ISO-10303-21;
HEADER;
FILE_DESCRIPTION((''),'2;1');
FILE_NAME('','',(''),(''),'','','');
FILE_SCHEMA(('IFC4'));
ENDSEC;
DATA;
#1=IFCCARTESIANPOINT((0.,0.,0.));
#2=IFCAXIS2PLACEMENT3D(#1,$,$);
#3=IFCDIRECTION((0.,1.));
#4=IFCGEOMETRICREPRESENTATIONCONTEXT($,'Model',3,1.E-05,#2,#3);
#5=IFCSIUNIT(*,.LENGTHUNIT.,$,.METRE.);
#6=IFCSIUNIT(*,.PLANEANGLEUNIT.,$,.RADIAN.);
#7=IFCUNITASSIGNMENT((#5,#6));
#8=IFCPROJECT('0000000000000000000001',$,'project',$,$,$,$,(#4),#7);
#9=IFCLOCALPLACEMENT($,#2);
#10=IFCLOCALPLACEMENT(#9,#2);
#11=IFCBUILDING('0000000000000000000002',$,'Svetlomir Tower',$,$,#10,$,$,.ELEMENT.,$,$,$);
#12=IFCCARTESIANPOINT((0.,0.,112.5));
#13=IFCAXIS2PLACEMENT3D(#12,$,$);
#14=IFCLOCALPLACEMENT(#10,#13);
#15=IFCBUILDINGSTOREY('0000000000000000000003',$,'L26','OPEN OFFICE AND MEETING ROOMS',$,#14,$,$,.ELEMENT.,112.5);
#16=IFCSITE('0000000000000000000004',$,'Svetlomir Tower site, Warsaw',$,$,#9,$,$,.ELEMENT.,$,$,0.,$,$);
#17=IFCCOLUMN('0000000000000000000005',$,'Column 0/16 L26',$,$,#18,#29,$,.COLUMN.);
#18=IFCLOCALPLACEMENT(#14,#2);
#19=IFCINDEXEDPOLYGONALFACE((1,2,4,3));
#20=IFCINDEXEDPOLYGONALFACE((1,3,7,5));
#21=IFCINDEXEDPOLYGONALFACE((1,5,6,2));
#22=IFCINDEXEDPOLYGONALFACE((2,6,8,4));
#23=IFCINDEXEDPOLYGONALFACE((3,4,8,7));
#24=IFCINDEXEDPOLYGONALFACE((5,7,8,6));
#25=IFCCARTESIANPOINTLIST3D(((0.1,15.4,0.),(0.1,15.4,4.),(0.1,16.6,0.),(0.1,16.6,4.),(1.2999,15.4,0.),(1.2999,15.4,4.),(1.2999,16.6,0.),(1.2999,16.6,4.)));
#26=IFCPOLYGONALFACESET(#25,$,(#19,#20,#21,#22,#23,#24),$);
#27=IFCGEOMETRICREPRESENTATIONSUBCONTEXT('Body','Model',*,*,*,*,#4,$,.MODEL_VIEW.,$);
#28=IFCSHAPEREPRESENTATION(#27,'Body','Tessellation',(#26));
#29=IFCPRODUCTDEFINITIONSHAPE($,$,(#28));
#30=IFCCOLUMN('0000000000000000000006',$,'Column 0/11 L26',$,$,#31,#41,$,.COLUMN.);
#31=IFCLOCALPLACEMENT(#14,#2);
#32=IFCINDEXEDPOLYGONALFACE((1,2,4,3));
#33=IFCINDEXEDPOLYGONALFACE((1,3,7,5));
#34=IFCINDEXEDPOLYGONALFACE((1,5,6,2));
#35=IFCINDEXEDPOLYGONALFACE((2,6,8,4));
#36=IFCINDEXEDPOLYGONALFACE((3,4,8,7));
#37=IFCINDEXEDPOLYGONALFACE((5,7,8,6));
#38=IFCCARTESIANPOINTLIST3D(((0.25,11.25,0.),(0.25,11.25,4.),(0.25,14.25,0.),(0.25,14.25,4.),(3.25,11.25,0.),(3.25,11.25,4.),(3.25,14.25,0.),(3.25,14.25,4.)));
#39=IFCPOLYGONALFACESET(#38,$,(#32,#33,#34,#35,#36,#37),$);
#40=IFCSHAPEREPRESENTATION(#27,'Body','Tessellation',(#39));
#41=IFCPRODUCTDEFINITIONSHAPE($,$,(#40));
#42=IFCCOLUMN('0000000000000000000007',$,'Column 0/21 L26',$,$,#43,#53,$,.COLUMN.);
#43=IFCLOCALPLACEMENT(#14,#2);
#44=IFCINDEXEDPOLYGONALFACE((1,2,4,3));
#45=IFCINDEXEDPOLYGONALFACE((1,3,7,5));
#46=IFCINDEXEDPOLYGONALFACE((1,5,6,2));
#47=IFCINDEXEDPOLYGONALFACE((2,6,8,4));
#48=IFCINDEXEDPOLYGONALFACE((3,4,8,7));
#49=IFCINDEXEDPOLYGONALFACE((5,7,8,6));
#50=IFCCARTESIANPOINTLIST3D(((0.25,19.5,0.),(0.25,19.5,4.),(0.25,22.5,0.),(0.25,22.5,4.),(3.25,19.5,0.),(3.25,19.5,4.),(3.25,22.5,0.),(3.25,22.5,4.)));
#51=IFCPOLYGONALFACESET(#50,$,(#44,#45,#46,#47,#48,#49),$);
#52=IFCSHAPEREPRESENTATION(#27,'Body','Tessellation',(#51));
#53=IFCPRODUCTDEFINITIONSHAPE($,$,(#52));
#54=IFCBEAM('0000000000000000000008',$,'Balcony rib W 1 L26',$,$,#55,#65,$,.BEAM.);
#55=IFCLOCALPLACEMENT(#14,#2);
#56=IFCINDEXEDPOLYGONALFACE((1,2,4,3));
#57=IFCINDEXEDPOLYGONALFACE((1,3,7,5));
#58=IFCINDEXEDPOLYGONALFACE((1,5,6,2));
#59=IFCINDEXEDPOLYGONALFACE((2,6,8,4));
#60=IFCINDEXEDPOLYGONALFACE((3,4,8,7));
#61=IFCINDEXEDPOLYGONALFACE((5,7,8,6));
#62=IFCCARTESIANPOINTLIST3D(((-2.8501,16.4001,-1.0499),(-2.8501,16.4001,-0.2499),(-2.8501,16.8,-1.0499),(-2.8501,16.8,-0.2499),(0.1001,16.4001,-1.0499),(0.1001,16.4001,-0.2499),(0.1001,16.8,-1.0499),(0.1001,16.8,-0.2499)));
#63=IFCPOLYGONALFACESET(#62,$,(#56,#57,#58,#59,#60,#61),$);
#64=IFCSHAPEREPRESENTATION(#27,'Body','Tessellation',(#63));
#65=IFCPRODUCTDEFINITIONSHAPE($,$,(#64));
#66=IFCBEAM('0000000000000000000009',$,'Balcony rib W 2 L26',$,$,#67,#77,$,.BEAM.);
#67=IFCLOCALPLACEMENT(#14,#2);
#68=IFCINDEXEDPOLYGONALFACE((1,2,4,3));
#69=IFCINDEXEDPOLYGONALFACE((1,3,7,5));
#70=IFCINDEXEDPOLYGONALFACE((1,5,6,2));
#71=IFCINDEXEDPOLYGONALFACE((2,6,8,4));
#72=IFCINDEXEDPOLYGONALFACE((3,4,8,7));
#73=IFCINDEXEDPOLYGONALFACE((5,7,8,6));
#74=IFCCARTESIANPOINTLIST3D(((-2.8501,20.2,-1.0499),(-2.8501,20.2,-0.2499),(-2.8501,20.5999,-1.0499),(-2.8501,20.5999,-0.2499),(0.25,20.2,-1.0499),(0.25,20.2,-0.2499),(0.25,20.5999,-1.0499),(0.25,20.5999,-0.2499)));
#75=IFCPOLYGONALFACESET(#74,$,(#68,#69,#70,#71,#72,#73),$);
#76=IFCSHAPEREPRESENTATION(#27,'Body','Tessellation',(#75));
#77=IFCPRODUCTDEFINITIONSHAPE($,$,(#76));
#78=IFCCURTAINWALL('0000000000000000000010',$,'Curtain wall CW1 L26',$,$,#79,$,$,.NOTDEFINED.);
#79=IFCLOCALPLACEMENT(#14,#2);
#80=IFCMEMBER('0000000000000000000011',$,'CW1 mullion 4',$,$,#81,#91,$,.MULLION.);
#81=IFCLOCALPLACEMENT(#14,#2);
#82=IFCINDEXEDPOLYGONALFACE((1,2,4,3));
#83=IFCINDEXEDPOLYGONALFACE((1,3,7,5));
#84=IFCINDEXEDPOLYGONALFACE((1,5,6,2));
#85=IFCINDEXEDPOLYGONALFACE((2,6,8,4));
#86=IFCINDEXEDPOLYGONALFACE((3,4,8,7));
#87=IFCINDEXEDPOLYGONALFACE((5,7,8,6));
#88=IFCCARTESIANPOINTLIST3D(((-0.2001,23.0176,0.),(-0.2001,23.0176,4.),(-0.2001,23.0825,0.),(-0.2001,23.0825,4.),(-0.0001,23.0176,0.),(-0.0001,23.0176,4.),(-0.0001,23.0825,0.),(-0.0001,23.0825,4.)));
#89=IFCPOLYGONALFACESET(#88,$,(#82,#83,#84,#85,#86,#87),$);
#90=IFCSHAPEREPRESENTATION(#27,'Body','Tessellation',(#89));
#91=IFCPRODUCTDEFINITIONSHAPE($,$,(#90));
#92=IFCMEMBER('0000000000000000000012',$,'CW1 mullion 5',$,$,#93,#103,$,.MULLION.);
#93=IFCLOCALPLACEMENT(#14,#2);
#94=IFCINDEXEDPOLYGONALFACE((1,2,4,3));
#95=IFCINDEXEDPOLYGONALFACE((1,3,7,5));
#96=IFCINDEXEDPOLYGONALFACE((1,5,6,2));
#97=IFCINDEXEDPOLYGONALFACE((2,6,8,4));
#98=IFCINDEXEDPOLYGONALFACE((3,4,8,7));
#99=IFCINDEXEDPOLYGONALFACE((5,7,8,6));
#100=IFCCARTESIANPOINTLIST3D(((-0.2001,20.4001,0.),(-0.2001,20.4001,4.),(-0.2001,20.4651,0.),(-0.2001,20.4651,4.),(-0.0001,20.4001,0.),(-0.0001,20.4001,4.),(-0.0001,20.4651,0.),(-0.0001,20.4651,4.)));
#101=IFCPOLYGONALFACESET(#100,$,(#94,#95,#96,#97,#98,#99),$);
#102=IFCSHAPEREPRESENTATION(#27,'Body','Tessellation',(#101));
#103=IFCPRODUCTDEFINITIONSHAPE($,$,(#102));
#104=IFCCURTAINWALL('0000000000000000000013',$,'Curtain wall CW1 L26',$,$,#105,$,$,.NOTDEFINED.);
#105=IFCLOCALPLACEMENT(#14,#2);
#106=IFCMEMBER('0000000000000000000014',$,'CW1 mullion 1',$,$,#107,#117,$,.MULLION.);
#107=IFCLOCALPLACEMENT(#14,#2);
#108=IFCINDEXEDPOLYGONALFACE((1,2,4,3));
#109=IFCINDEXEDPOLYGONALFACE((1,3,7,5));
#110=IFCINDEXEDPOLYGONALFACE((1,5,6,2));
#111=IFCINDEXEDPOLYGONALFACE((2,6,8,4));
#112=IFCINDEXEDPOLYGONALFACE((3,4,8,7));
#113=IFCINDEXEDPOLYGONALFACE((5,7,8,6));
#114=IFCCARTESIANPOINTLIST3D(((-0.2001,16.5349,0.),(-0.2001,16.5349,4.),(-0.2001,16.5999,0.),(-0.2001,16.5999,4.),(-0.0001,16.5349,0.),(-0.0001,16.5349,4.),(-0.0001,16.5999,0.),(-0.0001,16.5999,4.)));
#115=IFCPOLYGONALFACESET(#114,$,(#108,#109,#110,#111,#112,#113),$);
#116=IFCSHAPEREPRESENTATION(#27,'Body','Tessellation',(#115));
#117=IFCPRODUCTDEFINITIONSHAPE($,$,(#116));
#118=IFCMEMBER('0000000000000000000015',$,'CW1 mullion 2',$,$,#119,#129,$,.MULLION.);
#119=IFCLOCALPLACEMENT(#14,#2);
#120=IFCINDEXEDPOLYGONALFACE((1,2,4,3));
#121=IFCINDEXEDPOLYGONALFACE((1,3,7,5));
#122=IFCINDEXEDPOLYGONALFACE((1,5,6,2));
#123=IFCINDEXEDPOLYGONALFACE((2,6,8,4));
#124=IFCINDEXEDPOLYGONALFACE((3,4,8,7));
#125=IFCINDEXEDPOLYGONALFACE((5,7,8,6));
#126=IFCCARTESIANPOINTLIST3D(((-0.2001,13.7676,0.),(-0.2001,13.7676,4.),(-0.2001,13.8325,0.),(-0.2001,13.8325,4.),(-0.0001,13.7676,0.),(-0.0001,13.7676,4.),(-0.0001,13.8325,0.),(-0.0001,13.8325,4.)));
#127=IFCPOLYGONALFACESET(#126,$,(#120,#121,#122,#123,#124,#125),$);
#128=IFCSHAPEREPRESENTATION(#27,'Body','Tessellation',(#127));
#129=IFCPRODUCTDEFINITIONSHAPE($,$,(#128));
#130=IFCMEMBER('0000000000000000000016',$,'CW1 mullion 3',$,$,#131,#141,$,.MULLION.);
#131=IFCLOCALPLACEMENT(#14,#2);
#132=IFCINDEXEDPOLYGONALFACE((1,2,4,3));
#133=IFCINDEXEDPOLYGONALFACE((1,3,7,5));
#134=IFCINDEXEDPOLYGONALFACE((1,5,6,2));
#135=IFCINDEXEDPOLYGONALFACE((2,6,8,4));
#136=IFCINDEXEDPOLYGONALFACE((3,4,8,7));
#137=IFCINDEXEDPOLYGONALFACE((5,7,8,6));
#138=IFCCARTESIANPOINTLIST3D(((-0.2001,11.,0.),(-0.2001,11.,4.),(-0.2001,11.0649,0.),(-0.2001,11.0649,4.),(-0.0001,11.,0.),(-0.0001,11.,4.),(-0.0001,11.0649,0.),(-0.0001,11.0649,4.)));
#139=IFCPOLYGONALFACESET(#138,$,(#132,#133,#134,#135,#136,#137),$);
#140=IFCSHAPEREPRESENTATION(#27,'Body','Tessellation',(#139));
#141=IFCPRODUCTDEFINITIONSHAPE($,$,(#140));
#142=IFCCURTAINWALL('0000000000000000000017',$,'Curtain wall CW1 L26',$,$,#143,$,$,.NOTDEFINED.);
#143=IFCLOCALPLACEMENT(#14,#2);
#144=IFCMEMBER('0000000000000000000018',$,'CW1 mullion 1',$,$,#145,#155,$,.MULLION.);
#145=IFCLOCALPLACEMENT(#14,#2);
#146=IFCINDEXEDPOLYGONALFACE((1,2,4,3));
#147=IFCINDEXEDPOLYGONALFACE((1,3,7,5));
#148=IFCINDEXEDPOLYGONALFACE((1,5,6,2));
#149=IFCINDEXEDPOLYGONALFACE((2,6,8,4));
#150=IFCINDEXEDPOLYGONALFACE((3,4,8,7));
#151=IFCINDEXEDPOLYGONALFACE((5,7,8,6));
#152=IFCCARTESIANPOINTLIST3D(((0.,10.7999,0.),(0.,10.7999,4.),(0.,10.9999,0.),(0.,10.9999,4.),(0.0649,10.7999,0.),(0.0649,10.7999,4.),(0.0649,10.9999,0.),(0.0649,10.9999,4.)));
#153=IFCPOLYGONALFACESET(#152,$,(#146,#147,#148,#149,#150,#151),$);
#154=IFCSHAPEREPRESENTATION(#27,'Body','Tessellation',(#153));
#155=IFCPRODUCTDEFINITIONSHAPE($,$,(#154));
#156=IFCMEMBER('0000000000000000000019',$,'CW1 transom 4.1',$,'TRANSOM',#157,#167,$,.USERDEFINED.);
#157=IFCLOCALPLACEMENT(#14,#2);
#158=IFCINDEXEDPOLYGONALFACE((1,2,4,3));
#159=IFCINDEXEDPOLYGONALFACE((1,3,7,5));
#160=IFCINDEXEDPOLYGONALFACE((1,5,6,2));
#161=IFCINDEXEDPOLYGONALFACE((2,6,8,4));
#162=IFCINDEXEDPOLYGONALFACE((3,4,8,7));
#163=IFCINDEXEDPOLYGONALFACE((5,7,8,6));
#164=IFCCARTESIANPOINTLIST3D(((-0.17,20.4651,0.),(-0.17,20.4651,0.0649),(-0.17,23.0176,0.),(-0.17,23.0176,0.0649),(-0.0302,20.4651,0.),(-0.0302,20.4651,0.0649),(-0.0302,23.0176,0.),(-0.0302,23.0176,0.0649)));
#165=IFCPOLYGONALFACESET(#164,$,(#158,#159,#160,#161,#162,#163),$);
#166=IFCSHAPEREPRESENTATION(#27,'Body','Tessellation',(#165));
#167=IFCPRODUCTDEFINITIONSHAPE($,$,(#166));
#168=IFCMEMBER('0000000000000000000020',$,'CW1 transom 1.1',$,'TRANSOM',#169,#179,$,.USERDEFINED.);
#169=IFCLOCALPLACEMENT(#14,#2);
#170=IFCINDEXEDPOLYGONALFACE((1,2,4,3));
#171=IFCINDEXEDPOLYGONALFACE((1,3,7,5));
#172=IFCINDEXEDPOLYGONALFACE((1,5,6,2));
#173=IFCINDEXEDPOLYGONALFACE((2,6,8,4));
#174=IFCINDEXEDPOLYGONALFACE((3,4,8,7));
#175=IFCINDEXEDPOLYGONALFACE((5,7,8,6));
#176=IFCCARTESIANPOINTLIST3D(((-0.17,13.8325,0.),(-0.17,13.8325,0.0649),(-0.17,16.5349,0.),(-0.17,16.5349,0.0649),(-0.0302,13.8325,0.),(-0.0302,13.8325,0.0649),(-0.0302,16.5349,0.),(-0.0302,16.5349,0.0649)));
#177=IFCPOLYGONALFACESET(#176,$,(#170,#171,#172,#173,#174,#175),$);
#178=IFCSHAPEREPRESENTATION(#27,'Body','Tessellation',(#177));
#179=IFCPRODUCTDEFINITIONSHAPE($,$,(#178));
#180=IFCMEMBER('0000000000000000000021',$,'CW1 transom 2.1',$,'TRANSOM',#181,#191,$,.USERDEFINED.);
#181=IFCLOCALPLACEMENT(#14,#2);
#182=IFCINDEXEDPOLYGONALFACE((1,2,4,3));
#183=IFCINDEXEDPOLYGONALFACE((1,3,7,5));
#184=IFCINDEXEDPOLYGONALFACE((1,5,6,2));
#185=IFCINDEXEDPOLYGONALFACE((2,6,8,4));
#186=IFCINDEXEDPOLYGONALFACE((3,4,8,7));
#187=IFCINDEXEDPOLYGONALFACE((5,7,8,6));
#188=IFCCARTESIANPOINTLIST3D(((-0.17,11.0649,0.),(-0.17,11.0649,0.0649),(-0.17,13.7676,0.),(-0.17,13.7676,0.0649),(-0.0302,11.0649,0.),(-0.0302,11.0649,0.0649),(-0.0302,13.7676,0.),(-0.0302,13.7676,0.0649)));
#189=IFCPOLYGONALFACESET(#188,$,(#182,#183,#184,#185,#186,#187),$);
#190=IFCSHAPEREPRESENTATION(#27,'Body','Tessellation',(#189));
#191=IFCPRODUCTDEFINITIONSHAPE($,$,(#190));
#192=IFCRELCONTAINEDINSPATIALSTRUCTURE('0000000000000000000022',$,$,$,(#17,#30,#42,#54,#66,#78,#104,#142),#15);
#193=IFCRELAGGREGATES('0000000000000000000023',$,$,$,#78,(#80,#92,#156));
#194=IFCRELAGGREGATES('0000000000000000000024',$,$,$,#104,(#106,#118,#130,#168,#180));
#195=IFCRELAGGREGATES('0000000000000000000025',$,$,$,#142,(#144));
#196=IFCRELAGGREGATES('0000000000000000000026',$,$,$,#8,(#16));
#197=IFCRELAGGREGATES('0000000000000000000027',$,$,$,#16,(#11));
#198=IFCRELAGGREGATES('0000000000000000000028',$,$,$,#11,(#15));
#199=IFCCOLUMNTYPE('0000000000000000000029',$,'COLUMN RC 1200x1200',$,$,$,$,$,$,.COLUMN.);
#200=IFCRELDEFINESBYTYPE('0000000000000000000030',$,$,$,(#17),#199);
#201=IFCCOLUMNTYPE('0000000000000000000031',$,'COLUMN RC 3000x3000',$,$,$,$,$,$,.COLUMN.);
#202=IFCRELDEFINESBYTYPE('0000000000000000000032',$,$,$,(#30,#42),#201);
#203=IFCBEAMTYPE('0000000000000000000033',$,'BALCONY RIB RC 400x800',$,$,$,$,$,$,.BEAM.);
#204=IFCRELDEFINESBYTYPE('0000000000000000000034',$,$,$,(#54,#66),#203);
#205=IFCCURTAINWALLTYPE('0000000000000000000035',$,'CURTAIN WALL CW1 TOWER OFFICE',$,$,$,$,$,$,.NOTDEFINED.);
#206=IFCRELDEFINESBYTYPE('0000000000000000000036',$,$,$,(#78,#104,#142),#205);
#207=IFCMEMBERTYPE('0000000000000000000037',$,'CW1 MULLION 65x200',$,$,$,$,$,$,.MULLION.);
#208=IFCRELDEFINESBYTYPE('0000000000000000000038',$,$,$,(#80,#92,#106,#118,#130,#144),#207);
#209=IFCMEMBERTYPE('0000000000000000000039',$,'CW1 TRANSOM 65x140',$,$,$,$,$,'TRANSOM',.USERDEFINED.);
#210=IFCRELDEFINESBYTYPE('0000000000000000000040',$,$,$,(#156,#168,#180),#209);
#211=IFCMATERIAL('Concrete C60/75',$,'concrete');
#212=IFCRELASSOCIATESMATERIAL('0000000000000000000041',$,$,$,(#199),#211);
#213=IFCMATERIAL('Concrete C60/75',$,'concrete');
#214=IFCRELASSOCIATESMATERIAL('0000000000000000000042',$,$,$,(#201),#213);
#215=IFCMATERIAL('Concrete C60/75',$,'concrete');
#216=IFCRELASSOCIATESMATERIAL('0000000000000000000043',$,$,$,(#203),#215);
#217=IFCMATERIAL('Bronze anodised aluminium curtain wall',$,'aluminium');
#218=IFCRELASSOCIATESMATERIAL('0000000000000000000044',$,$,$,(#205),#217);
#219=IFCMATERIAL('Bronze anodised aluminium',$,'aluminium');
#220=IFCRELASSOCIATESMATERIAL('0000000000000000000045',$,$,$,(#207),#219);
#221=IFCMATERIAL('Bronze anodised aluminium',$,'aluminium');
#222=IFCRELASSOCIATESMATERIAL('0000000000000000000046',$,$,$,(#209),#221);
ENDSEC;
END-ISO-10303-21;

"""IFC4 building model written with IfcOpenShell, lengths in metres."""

from ifc_helpers import new_model, si_unit, direction, frame, origin, origin_2d, place, context, subcontext, project, spatial, rectangle, extrude, material, material_profile, profile_set, type_object, element, aggregate, save


model = new_model("IFC4")

# Units and contexts
model_context = context("Model", 3, precision=1e-05, world=origin(), true_north=direction((0.0, 1.0)))
body_context = subcontext(model_context, "Body", "Model", "MODEL_VIEW")
ifc_project = project(units=[si_unit("LENGTHUNIT", "METRE"), si_unit("PLANEANGLEUNIT", "RADIAN")], contexts=[model_context])

# Site, building, storey
site_placement = place(None, origin())
site = spatial("IfcSite", under=ifc_project, at=site_placement, Name="Svetlomir Tower site, Warsaw", CompositionType="ELEMENT", RefElevation=0.0)
building_placement = place(site_placement, origin())
building = spatial("IfcBuilding", under=site, at=building_placement, Name="Svetlomir Tower", CompositionType="ELEMENT")
storey_placement = place(building_placement, frame((0.0, 0.0, 112.5)))
storey = spatial("IfcBuildingStorey", under=building, at=storey_placement, Name="L26", Description="OPEN OFFICE AND MEETING ROOMS", CompositionType="ELEMENT", Elevation=112.5)

# Columns
ifc_material_1 = material(Name="Concrete C60/75", Category="concrete")
ifc_material_profile_1 = material_profile(ifc_material_1, rectangle(XDim=1.2, YDim=1.2, at=origin_2d()), Name="RC 1200x1200")
ifc_profile_set_1 = profile_set([ifc_material_profile_1], Name="Concrete C60/75")
column_type_1 = type_object("IfcColumnType", Name="COLUMN RC 1200x1200", PredefinedType="COLUMN", material=ifc_profile_set_1)
column_placement = place(storey_placement, frame((0.7, 16.0, 0.0), z_axis=(0.0, 0.0, 1.0), x_axis=(1.0, 0.0, 0.0)))
element("IfcColumn", 1, at=column_placement, inside=storey, type_object=column_type_1, Name="Column 0/16 L26", PredefinedType="COLUMN", context=body_context, shape_type="SweptSolid", body=[
    extrude(rectangle(XDim=1.2, YDim=1.2, at=origin_2d()), origin(), (0.0, 0.0, 1.0), 4.0),
])
ifc_material_2 = material(Name="Concrete C60/75", Category="concrete")
ifc_material_profile_2 = material_profile(ifc_material_2, rectangle(XDim=3.0, YDim=3.0, at=origin_2d()), Name="RC 3000x3000")
ifc_profile_set_2 = profile_set([ifc_material_profile_2], Name="Concrete C60/75")
column_type_2 = type_object("IfcColumnType", Name="COLUMN RC 3000x3000", PredefinedType="COLUMN", material=ifc_profile_set_2)
for number, where, z_axis, x_axis, name in (
    (2, (1.75, 12.75, 0.0), (0.0, 0.0, 1.0), (1.0, 0.0, 0.0), "Column 0/11 L26"),
    (3, (1.75, 21.0, 0.0), (0.0, 0.0, 1.0), (1.0, 0.0, 0.0), "Column 0/21 L26"),
):
    element("IfcColumn", number, at=place(storey_placement, frame(where, z_axis=z_axis, x_axis=x_axis)), inside=storey, type_object=column_type_2, Name=name, PredefinedType="COLUMN", context=body_context, shape_type="SweptSolid", body=[
        extrude(rectangle(XDim=3.0, YDim=3.0, at=origin_2d()), origin(), (0.0, 0.0, 1.0), 4.0),
    ])

# Beams
ifc_material_3 = material(Name="Concrete C60/75", Category="concrete")
ifc_material_profile_3 = material_profile(ifc_material_3, rectangle(XDim=0.3999, YDim=0.8, at=origin_2d()), Name="RC 400x800")
ifc_profile_set_3 = profile_set([ifc_material_profile_3], Name="Concrete C60/75")
beam_type_1 = type_object("IfcBeamType", Name="BALCONY RIB RC 400x800", PredefinedType="BEAM", material=ifc_profile_set_3)
beam_1_placement = place(storey_placement, frame((0.1001, 16.6001, -0.6499), z_axis=(-1.0, 0.0, 0.0), x_axis=(0.0, -1.0, 0.0)))
element("IfcBeam", 4, at=beam_1_placement, inside=storey, type_object=beam_type_1, Name="Balcony rib W 1 L26", PredefinedType="BEAM", context=body_context, shape_type="SweptSolid", body=[
    extrude(rectangle(XDim=0.3999, YDim=0.8, at=origin_2d()), origin(), (0.0, 0.0, 1.0), 2.9502),
])
beam_2_placement = place(storey_placement, frame((0.25, 20.3999, -0.6499), z_axis=(-1.0, 0.0, 0.0), x_axis=(0.0, -1.0, 0.0)))
element("IfcBeam", 5, at=beam_2_placement, inside=storey, type_object=beam_type_1, Name="Balcony rib W 2 L26", PredefinedType="BEAM", context=body_context, shape_type="SweptSolid", body=[
    extrude(rectangle(XDim=0.3999, YDim=0.8, at=origin_2d()), origin(), (0.0, 0.0, 1.0), 3.1001),
])

# Curtain walls, members
ifc_material_4 = material(Name="Bronze anodised aluminium curtain wall", Category="aluminium")
curtain_wall_type = type_object("IfcCurtainWallType", Name="CURTAIN WALL CW1 TOWER OFFICE", PredefinedType="NOTDEFINED", material=ifc_material_4)
curtain_wall_1_placement = place(storey_placement, origin())
curtain_wall_1 = element("IfcCurtainWall", 6, at=curtain_wall_1_placement, inside=storey, type_object=curtain_wall_type, Name="Curtain wall CW1 L26", PredefinedType="NOTDEFINED")
ifc_material_5 = material(Name="Bronze anodised aluminium", Category="aluminium")
ifc_material_profile_4 = material_profile(ifc_material_5, rectangle(XDim=0.0649, YDim=0.2, at=origin_2d()), Name="AL 65x200")
ifc_profile_set_4 = profile_set([ifc_material_profile_4], Name="Bronze anodised aluminium 6063-T6")
member_type_1 = type_object("IfcMemberType", Name="CW1 MULLION 65x200", PredefinedType="MULLION", material=ifc_profile_set_4)
member_1_placement = place(storey_placement, frame((-0.1001, 23.05, 0.0), z_axis=(0.0, 0.0, 1.0), x_axis=(0.0, -1.0, 0.0)))
member_1 = element("IfcMember", 7, at=member_1_placement, type_object=member_type_1, Name="CW1 mullion 4", PredefinedType="MULLION", context=body_context, shape_type="SweptSolid", body=[
    extrude(rectangle(XDim=0.0649, YDim=0.2, at=origin_2d()), origin(), (0.0, 0.0, 1.0), 4.0),
])
member_2_placement = place(storey_placement, frame((-0.1001, 20.4326, 0.0), z_axis=(0.0, 0.0, 1.0), x_axis=(0.0, -1.0, 0.0)))
member_2 = element("IfcMember", 8, at=member_2_placement, type_object=member_type_1, Name="CW1 mullion 5", PredefinedType="MULLION", context=body_context, shape_type="SweptSolid", body=[
    extrude(rectangle(XDim=0.0649, YDim=0.2, at=origin_2d()), origin(), (0.0, 0.0, 1.0), 4.0),
])
curtain_wall_2_placement = place(storey_placement, origin())
curtain_wall_2 = element("IfcCurtainWall", 9, at=curtain_wall_2_placement, inside=storey, type_object=curtain_wall_type, Name="Curtain wall CW1 L26", PredefinedType="NOTDEFINED")
member_3_placement = place(storey_placement, frame((-0.1001, 16.5674, 0.0), z_axis=(0.0, 0.0, 1.0), x_axis=(0.0, -1.0, 0.0)))
member_3 = element("IfcMember", 10, at=member_3_placement, type_object=member_type_1, Name="CW1 mullion 1", PredefinedType="MULLION", context=body_context, shape_type="SweptSolid", body=[
    extrude(rectangle(XDim=0.0649, YDim=0.2, at=origin_2d()), origin(), (0.0, 0.0, 1.0), 4.0),
])
member_4_placement = place(storey_placement, frame((-0.1001, 13.8, 0.0), z_axis=(0.0, 0.0, 1.0), x_axis=(0.0, -1.0, 0.0)))
member_4 = element("IfcMember", 11, at=member_4_placement, type_object=member_type_1, Name="CW1 mullion 2", PredefinedType="MULLION", context=body_context, shape_type="SweptSolid", body=[
    extrude(rectangle(XDim=0.0649, YDim=0.2, at=origin_2d()), origin(), (0.0, 0.0, 1.0), 4.0),
])
member_5_placement = place(storey_placement, frame((-0.1001, 11.0325, 0.0), z_axis=(0.0, 0.0, 1.0), x_axis=(0.0, -1.0, 0.0)))
member_5 = element("IfcMember", 12, at=member_5_placement, type_object=member_type_1, Name="CW1 mullion 3", PredefinedType="MULLION", context=body_context, shape_type="SweptSolid", body=[
    extrude(rectangle(XDim=0.0649, YDim=0.2, at=origin_2d()), origin(), (0.0, 0.0, 1.0), 4.0),
])

# Curtain wall, member
curtain_wall_3_placement = place(storey_placement, origin())
curtain_wall_3 = element("IfcCurtainWall", 13, at=curtain_wall_3_placement, inside=storey, type_object=curtain_wall_type, Name="Curtain wall CW1 L26", PredefinedType="NOTDEFINED")
member_6_placement = place(storey_placement, frame((0.0325, 10.8999, 0.0), z_axis=(0.0, 0.0, 1.0), x_axis=(1.0, 0.0, 0.0)))
member_6 = element("IfcMember", 14, at=member_6_placement, type_object=member_type_1, Name="CW1 mullion 1", PredefinedType="MULLION", context=body_context, shape_type="SweptSolid", body=[
    extrude(rectangle(XDim=0.0649, YDim=0.2, at=origin_2d()), origin(), (0.0, 0.0, 1.0), 4.0),
])

# Members
ifc_material_6 = material(Name="Bronze anodised aluminium", Category="aluminium")
ifc_material_profile_5 = material_profile(ifc_material_6, rectangle(XDim=0.1399, YDim=0.0649, at=origin_2d()), Name="AL 140x65")
ifc_profile_set_5 = profile_set([ifc_material_profile_5], Name="Bronze anodised aluminium 6063-T6")
member_type_2 = type_object("IfcMemberType", Name="CW1 TRANSOM 65x140", ElementType="TRANSOM", PredefinedType="USERDEFINED", material=ifc_profile_set_5)
member_7_placement = place(storey_placement, frame((-0.1001, 23.0176, 0.0325), z_axis=(0.0, -1.0, 0.0), x_axis=(1.0, 0.0, 0.0)))
member_7 = element("IfcMember", 15, at=member_7_placement, type_object=member_type_2, Name="CW1 transom 4.1", ObjectType="TRANSOM", PredefinedType="USERDEFINED", context=body_context, shape_type="SweptSolid", body=[
    extrude(rectangle(XDim=0.1399, YDim=0.0649, at=origin_2d()), origin(), (0.0, 0.0, 1.0), 2.5525),
])
member_8_placement = place(storey_placement, frame((-0.1001, 16.5349, 0.0325), z_axis=(0.0, -1.0, 0.0), x_axis=(1.0, 0.0, 0.0)))
member_8 = element("IfcMember", 16, at=member_8_placement, type_object=member_type_2, Name="CW1 transom 1.1", ObjectType="TRANSOM", PredefinedType="USERDEFINED", context=body_context, shape_type="SweptSolid", body=[
    extrude(rectangle(XDim=0.1399, YDim=0.0649, at=origin_2d()), origin(), (0.0, 0.0, 1.0), 2.7024),
])
member_9_placement = place(storey_placement, frame((-0.1001, 13.7676, 0.0325), z_axis=(0.0, -1.0, 0.0), x_axis=(1.0, 0.0, 0.0)))
member_9 = element("IfcMember", 17, at=member_9_placement, type_object=member_type_2, Name="CW1 transom 2.1", ObjectType="TRANSOM", PredefinedType="USERDEFINED", context=body_context, shape_type="SweptSolid", body=[
    extrude(rectangle(XDim=0.1399, YDim=0.0649, at=origin_2d()), origin(), (0.0, 0.0, 1.0), 2.7026),
])

aggregate(curtain_wall_1, [member_1, member_2, member_7])
aggregate(curtain_wall_2, [member_3, member_4, member_5, member_8, member_9])
aggregate(curtain_wall_3, [member_6])

save(model, "model.ifc")
